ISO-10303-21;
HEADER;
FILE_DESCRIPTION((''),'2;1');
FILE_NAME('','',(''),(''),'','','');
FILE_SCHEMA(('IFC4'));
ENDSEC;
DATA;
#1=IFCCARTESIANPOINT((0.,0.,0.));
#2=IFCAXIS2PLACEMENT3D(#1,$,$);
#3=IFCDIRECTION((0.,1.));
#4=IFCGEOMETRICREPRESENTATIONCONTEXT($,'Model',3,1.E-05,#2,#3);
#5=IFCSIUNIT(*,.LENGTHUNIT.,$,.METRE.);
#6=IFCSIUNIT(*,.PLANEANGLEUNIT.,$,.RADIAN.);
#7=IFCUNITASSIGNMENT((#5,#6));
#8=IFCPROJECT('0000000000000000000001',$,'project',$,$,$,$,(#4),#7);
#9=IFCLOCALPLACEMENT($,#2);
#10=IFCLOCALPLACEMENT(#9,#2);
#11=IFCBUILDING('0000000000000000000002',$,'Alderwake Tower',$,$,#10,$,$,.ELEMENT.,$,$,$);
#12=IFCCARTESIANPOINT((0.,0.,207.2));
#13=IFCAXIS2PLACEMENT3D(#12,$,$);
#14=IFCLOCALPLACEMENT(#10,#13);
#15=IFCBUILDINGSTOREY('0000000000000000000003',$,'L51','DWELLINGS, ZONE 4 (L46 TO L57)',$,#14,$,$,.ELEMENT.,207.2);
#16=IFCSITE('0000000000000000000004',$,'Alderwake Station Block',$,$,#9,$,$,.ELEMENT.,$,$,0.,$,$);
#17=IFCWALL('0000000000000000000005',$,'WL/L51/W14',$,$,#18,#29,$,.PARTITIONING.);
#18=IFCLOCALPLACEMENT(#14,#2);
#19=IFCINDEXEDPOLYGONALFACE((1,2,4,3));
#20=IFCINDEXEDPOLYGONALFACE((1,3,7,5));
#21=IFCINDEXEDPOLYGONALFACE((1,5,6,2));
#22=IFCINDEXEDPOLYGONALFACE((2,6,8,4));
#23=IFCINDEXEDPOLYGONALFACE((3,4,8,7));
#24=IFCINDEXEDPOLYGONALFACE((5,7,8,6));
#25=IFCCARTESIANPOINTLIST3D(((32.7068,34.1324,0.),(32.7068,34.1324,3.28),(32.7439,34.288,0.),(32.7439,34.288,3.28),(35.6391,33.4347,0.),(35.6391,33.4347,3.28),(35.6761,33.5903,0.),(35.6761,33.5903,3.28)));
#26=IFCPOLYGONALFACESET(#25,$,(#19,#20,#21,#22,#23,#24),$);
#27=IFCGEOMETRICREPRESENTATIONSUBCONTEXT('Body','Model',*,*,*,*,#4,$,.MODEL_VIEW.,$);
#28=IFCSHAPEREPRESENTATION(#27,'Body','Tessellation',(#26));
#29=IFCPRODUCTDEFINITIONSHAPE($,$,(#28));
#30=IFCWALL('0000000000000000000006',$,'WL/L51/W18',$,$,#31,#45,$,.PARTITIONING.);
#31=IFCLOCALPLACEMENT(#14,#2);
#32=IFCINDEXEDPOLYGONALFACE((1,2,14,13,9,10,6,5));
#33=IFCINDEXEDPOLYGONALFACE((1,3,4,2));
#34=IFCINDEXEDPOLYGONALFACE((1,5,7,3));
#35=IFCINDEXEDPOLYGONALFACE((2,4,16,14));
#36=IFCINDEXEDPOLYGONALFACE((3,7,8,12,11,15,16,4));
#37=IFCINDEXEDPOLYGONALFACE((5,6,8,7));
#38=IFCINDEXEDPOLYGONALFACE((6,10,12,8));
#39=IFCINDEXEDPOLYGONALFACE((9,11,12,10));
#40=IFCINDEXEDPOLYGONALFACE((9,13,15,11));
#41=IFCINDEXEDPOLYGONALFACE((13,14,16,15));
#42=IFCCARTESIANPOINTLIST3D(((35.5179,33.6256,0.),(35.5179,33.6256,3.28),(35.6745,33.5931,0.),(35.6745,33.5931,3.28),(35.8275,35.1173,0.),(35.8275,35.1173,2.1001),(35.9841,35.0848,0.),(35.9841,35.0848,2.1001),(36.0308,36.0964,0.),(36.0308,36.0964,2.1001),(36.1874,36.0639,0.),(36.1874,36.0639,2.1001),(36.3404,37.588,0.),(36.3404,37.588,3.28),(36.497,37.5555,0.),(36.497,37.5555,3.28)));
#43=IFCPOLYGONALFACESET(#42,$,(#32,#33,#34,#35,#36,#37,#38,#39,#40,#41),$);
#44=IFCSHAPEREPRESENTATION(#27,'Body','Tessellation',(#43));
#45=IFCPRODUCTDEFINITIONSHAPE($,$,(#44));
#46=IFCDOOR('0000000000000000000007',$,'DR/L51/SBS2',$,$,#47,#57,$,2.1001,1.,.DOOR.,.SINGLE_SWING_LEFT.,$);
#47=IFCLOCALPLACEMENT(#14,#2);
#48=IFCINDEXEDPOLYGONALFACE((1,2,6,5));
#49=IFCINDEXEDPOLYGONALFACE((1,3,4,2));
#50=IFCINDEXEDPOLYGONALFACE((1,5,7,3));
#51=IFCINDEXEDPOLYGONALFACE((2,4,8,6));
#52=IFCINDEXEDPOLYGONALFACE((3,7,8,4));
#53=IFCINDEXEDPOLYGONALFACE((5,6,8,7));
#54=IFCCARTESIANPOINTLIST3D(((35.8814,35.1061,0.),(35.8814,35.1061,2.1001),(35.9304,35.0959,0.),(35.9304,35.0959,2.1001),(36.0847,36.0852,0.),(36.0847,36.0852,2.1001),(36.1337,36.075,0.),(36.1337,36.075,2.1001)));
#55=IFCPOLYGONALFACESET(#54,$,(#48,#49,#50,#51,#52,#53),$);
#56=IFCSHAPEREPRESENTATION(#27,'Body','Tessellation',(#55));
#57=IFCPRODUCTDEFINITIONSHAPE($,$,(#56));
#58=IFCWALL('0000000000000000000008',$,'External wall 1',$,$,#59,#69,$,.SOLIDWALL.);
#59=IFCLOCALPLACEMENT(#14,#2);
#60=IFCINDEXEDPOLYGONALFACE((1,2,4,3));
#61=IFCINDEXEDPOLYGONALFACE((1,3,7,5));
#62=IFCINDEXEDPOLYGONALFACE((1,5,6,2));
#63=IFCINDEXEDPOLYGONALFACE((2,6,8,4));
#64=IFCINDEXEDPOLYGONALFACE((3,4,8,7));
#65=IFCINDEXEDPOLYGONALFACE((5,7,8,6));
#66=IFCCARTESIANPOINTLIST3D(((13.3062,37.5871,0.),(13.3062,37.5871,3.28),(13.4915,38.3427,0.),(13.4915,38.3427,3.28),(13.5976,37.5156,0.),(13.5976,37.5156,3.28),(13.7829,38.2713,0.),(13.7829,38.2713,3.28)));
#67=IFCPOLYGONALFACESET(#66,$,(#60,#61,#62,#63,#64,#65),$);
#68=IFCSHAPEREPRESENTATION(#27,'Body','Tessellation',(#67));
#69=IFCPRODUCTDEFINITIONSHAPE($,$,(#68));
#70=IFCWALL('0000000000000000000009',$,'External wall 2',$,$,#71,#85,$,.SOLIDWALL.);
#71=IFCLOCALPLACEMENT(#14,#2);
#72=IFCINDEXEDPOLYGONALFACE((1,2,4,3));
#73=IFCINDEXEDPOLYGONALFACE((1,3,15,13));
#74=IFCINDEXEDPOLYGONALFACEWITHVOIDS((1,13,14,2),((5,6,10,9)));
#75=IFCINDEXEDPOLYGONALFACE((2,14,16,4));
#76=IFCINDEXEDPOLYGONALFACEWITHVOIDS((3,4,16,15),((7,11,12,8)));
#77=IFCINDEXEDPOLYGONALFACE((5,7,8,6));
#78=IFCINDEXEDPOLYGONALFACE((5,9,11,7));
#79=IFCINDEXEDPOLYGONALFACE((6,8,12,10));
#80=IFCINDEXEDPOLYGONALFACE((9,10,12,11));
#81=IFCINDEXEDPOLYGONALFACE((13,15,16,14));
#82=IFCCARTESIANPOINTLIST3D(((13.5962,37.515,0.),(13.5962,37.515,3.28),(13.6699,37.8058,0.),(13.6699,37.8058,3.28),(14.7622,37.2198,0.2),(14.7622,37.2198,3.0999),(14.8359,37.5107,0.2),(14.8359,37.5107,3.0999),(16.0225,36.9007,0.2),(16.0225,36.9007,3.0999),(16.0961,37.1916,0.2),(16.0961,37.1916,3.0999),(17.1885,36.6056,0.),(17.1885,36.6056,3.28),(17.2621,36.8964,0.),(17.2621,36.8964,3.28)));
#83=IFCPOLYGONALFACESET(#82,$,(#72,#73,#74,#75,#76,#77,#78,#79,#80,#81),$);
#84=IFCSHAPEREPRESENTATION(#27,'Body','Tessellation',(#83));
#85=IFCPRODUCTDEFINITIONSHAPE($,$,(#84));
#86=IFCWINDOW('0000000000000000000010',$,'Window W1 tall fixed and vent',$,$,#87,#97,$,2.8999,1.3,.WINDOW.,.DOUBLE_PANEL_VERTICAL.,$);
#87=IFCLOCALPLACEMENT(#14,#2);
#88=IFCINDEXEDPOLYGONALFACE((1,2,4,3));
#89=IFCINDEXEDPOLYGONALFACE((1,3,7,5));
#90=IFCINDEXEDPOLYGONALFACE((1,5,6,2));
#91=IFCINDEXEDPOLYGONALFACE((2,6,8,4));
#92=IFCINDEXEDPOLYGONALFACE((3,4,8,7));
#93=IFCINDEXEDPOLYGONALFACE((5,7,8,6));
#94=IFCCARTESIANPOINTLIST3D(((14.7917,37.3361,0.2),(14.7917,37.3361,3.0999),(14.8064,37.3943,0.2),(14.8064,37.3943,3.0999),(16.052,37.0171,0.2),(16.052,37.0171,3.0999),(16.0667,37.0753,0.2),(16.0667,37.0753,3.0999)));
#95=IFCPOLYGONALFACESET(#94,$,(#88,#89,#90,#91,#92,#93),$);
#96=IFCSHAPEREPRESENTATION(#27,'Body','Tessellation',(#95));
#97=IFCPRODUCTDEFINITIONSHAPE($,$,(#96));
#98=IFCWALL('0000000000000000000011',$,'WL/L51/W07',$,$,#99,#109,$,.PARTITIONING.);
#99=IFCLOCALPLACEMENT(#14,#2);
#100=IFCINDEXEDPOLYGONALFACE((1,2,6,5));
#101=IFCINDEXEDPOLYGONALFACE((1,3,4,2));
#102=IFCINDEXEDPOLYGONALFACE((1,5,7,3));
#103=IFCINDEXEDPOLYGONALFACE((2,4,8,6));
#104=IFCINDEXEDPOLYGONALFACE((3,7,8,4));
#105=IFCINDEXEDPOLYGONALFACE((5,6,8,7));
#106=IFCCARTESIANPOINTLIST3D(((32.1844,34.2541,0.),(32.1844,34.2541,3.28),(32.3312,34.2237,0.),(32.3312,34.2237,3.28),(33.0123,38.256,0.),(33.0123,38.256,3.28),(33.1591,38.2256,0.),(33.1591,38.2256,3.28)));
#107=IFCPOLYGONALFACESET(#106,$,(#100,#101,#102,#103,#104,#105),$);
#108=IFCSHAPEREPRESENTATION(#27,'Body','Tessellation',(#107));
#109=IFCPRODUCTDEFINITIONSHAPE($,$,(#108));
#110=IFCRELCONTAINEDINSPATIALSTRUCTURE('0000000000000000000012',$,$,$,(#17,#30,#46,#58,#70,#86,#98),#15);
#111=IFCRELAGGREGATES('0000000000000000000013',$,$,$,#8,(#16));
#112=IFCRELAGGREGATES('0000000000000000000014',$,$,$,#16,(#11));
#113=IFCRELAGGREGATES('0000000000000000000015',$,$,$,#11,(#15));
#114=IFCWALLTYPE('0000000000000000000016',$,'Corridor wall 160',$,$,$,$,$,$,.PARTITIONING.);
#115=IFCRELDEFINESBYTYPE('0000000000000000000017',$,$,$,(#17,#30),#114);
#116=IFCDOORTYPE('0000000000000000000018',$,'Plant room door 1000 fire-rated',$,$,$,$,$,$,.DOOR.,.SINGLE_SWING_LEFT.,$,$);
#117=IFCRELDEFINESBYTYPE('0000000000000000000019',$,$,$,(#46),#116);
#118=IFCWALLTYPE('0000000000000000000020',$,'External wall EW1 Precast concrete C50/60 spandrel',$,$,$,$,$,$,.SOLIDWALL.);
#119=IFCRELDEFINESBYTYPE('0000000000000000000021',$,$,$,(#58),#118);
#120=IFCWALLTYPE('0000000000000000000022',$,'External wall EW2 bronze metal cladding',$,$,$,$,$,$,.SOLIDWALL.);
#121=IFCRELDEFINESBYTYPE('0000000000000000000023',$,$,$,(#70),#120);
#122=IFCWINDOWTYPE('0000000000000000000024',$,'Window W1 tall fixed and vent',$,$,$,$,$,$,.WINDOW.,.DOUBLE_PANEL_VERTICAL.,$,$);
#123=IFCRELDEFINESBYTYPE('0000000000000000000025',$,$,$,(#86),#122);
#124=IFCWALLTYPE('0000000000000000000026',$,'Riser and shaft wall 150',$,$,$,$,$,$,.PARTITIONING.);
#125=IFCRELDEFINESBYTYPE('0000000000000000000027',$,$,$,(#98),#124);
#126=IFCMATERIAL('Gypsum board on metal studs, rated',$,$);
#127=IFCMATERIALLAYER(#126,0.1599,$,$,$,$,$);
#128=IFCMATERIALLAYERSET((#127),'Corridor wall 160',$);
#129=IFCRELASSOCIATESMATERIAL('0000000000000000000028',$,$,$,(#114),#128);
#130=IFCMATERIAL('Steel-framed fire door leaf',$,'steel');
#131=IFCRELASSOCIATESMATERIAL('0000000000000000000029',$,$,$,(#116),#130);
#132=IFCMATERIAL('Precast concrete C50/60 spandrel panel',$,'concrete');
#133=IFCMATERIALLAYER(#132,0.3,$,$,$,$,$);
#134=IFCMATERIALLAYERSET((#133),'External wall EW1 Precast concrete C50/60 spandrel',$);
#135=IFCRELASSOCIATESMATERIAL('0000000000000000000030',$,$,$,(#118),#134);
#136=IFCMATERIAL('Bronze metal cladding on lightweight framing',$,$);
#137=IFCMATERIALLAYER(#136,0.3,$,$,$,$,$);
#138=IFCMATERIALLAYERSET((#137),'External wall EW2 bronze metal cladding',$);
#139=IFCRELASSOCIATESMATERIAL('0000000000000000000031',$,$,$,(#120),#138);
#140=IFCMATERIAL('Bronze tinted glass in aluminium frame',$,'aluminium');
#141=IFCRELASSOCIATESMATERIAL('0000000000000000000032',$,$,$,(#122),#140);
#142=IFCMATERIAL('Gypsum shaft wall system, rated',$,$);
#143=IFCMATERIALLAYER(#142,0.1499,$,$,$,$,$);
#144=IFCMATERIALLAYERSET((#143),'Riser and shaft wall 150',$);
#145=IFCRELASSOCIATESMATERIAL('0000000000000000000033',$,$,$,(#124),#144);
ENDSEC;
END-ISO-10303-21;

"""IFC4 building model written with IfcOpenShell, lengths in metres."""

from ifc_helpers import new_model, si_unit, direction, frame, frame_2d, origin, place, context, subcontext, project, spatial, rectangle, extrude, material, layer, layer_set, type_object, element, fill, save


model = new_model("IFC4")

# Units and contexts
model_context = context("Model", 3, precision=1e-05, world=origin(), true_north=direction((0.0, 1.0)))
body_context = subcontext(model_context, "Body", "Model", "MODEL_VIEW")
ifc_project = project(units=[si_unit("LENGTHUNIT", "METRE"), si_unit("PLANEANGLEUNIT", "RADIAN")], contexts=[model_context])

# Site, building, storey
site_placement = place(None, origin())
site = spatial("IfcSite", under=ifc_project, at=site_placement, Name="Alderwake Station Block", CompositionType="ELEMENT", RefElevation=0.0)
building_placement = place(site_placement, origin())
building = spatial("IfcBuilding", under=site, at=building_placement, Name="Alderwake Tower", CompositionType="ELEMENT")
storey_placement = place(building_placement, frame((0.0, 0.0, 207.2)))
storey = spatial("IfcBuildingStorey", under=building, at=storey_placement, Name="L51", Description="DWELLINGS, ZONE 4 (L46 TO L57)", CompositionType="ELEMENT", Elevation=207.2)

# Shared definitions
ifc_material_1 = material(Name="Gypsum board on metal studs, rated")
ifc_layer_1 = layer(ifc_material_1, 0.1599)
ifc_layer_set_1 = layer_set([ifc_layer_1], Name="Corridor wall 160")
wall_type_1 = type_object("IfcWallType", Name="Corridor wall 160", PredefinedType="PARTITIONING", material=ifc_layer_set_1)

# Wall
wall_1_placement = place(storey_placement, frame((32.7253, 34.2102, 0.0), z_axis=(0.0, 0.0, 1.0), x_axis=(0.972838, -0.231485, 0.0)))
element("IfcWall", 1, at=wall_1_placement, inside=storey, type_object=wall_type_1, Name="WL/L51/W14", PredefinedType="PARTITIONING", context=body_context, shape_type="SweptSolid", body=[
    extrude(rectangle(XDim=3.0142, YDim=0.1599, at=frame_2d((1.5071, 0.0))), origin(), (0.0, 0.0, 1.0), 3.28),
])

# Wall, opening, door
wall_2_placement = place(storey_placement, frame((35.5962, 33.6094, 0.0), z_axis=(0.0, 0.0, 1.0), x_axis=(0.203246, 0.979128, 0.0)))
wall_2 = element("IfcWall", 2, at=wall_2_placement, inside=storey, type_object=wall_type_1, Name="WL/L51/W18", PredefinedType="PARTITIONING", context=body_context, shape_type="SweptSolid", body=[
    extrude(rectangle(XDim=4.0469, YDim=0.1599, at=frame_2d((2.0234, 0.0))), origin(), (0.0, 0.0, 1.0), 3.28),
])
opening_1_placement = place(wall_2_placement, frame((1.5234, 0.0, 0.0)))
opening_1 = element("IfcOpeningElement", 3, at=opening_1_placement, cuts=wall_2, PredefinedType="OPENING", context=body_context, shape_type="SweptSolid", body=[
    extrude(rectangle(XDim=1.0, YDim=2.1001, at=frame_2d((0.5, 1.05))), frame((0.0, 0.0898, 0.0), z_axis=(0.0, -1.0, 0.0), x_axis=(1.0, 0.0, 0.0)), (0.0, 0.0, 1.0), 0.1799),
])
ifc_material_2 = material(Name="Steel-framed fire door leaf", Category="steel")
door_type_1 = type_object("IfcDoorType", Name="Plant room door 1000 fire-rated", OperationType="SINGLE_SWING_LEFT", PredefinedType="DOOR", material=ifc_material_2)
door_1_placement = place(opening_1_placement, origin())
door_1 = element("IfcDoor", 4, at=door_1_placement, inside=storey, type_object=door_type_1, Name="DR/L51/SBS2", OperationType="SINGLE_SWING_LEFT", OverallHeight=2.1001, OverallWidth=1.0, PredefinedType="DOOR", context=body_context, shape_type="SweptSolid", body=[
    extrude(rectangle(XDim=1.0, YDim=2.1001, at=frame_2d((0.5, 1.05))), frame((0.0, 0.0249, 0.0), z_axis=(0.0, -1.0, 0.0), x_axis=(1.0, 0.0, 0.0)), (0.0, 0.0, 1.0), 0.05),
])
fill(opening_1, door_1)

# Wall
ifc_material_3 = material(Name="Precast concrete C50/60 spandrel panel", Category="concrete")
ifc_layer_2 = layer(ifc_material_3, 0.3)
ifc_layer_set_2 = layer_set([ifc_layer_2], Name="External wall EW1 Precast concrete C50/60 spandrel")
wall_type_2 = type_object("IfcWallType", Name="External wall EW1 Precast concrete C50/60 spandrel", PredefinedType="SOLIDWALL", material=ifc_layer_set_2)
wall_3_placement = place(storey_placement, frame((13.6372, 38.3071, 0.0), z_axis=(0.0, 0.0, 1.0), x_axis=(-0.238177, -0.971222, 0.0)))
element("IfcWall", 5, at=wall_3_placement, inside=storey, type_object=wall_type_2, Name="External wall 1", PredefinedType="SOLIDWALL", context=body_context, shape_type="SweptSolid", body=[
    extrude(rectangle(XDim=0.7781, YDim=0.3, at=frame_2d((0.3892, 0.0))), origin(), (0.0, 0.0, 1.0), 3.28),
])

# Wall, opening, window
ifc_material_4 = material(Name="Bronze metal cladding on lightweight framing")
ifc_layer_3 = layer(ifc_material_4, 0.3)
ifc_layer_set_3 = layer_set([ifc_layer_3], Name="External wall EW2 bronze metal cladding")
wall_type_3 = type_object("IfcWallType", Name="External wall EW2 bronze metal cladding", PredefinedType="SOLIDWALL", material=ifc_layer_set_3)
wall_4_placement = place(storey_placement, frame((13.6331, 37.6604, 0.0), z_axis=(0.0, 0.0, 1.0), x_axis=(0.969417, -0.245418, 0.0)))
wall_4 = element("IfcWall", 6, at=wall_4_placement, inside=storey, type_object=wall_type_3, Name="External wall 2", PredefinedType="SOLIDWALL", context=body_context, shape_type="SweptSolid", body=[
    extrude(rectangle(XDim=3.7056, YDim=0.3, at=frame_2d((1.8528, 0.0))), origin(), (0.0, 0.0, 1.0), 3.28),
])
opening_2_placement = place(wall_4_placement, frame((1.2029, 0.0, 0.2)))
opening_2 = element("IfcOpeningElement", 7, at=opening_2_placement, cuts=wall_4, PredefinedType="OPENING", context=body_context, shape_type="SweptSolid", body=[
    extrude(rectangle(XDim=1.3, YDim=2.8999, at=frame_2d((0.6499, 1.45))), frame((0.0, 0.1599, 0.0), z_axis=(0.0, -1.0, 0.0), x_axis=(1.0, 0.0, 0.0)), (0.0, 0.0, 1.0), 0.3201),
])
ifc_material_5 = material(Name="Bronze tinted glass in aluminium frame", Category="aluminium")
window_type = type_object("IfcWindowType", Name="Window W1 tall fixed and vent", PartitioningType="DOUBLE_PANEL_VERTICAL", PredefinedType="WINDOW", material=ifc_material_5)
window_1_placement = place(opening_2_placement, origin())
window_1 = element("IfcWindow", 8, at=window_1_placement, inside=storey, type_object=window_type, Name="Window W1 tall fixed and vent", OverallHeight=2.8999, OverallWidth=1.3, PartitioningType="DOUBLE_PANEL_VERTICAL", PredefinedType="WINDOW", context=body_context, shape_type="SweptSolid", body=[
    extrude(rectangle(XDim=1.3, YDim=2.8999, at=frame_2d((0.6499, 1.45))), frame((0.0, 0.03, 0.0), z_axis=(0.0, -1.0, 0.0), x_axis=(1.0, 0.0, 0.0)), (0.0, 0.0, 1.0), 0.0601),
])
fill(opening_2, window_1)

# Wall
ifc_material_6 = material(Name="Gypsum shaft wall system, rated")
ifc_layer_4 = layer(ifc_material_6, 0.1499)
ifc_layer_set_4 = layer_set([ifc_layer_4], Name="Riser and shaft wall 150")
wall_type_4 = type_object("IfcWallType", Name="Riser and shaft wall 150", PredefinedType="PARTITIONING", material=ifc_layer_set_4)
wall_5_placement = place(storey_placement, frame((32.2578, 34.2388, 0.0), z_axis=(0.0, 0.0, 1.0), x_axis=(0.20258, 0.979266, 0.0)))
element("IfcWall", 9, at=wall_5_placement, inside=storey, type_object=wall_type_4, Name="WL/L51/W07", PredefinedType="PARTITIONING", context=body_context, shape_type="SweptSolid", body=[
    extrude(rectangle(XDim=4.0867, YDim=0.1499, at=frame_2d((2.0435, 0.0))), origin(), (0.0, 0.0, 1.0), 3.28),
])

save(model, "model.ifc")
